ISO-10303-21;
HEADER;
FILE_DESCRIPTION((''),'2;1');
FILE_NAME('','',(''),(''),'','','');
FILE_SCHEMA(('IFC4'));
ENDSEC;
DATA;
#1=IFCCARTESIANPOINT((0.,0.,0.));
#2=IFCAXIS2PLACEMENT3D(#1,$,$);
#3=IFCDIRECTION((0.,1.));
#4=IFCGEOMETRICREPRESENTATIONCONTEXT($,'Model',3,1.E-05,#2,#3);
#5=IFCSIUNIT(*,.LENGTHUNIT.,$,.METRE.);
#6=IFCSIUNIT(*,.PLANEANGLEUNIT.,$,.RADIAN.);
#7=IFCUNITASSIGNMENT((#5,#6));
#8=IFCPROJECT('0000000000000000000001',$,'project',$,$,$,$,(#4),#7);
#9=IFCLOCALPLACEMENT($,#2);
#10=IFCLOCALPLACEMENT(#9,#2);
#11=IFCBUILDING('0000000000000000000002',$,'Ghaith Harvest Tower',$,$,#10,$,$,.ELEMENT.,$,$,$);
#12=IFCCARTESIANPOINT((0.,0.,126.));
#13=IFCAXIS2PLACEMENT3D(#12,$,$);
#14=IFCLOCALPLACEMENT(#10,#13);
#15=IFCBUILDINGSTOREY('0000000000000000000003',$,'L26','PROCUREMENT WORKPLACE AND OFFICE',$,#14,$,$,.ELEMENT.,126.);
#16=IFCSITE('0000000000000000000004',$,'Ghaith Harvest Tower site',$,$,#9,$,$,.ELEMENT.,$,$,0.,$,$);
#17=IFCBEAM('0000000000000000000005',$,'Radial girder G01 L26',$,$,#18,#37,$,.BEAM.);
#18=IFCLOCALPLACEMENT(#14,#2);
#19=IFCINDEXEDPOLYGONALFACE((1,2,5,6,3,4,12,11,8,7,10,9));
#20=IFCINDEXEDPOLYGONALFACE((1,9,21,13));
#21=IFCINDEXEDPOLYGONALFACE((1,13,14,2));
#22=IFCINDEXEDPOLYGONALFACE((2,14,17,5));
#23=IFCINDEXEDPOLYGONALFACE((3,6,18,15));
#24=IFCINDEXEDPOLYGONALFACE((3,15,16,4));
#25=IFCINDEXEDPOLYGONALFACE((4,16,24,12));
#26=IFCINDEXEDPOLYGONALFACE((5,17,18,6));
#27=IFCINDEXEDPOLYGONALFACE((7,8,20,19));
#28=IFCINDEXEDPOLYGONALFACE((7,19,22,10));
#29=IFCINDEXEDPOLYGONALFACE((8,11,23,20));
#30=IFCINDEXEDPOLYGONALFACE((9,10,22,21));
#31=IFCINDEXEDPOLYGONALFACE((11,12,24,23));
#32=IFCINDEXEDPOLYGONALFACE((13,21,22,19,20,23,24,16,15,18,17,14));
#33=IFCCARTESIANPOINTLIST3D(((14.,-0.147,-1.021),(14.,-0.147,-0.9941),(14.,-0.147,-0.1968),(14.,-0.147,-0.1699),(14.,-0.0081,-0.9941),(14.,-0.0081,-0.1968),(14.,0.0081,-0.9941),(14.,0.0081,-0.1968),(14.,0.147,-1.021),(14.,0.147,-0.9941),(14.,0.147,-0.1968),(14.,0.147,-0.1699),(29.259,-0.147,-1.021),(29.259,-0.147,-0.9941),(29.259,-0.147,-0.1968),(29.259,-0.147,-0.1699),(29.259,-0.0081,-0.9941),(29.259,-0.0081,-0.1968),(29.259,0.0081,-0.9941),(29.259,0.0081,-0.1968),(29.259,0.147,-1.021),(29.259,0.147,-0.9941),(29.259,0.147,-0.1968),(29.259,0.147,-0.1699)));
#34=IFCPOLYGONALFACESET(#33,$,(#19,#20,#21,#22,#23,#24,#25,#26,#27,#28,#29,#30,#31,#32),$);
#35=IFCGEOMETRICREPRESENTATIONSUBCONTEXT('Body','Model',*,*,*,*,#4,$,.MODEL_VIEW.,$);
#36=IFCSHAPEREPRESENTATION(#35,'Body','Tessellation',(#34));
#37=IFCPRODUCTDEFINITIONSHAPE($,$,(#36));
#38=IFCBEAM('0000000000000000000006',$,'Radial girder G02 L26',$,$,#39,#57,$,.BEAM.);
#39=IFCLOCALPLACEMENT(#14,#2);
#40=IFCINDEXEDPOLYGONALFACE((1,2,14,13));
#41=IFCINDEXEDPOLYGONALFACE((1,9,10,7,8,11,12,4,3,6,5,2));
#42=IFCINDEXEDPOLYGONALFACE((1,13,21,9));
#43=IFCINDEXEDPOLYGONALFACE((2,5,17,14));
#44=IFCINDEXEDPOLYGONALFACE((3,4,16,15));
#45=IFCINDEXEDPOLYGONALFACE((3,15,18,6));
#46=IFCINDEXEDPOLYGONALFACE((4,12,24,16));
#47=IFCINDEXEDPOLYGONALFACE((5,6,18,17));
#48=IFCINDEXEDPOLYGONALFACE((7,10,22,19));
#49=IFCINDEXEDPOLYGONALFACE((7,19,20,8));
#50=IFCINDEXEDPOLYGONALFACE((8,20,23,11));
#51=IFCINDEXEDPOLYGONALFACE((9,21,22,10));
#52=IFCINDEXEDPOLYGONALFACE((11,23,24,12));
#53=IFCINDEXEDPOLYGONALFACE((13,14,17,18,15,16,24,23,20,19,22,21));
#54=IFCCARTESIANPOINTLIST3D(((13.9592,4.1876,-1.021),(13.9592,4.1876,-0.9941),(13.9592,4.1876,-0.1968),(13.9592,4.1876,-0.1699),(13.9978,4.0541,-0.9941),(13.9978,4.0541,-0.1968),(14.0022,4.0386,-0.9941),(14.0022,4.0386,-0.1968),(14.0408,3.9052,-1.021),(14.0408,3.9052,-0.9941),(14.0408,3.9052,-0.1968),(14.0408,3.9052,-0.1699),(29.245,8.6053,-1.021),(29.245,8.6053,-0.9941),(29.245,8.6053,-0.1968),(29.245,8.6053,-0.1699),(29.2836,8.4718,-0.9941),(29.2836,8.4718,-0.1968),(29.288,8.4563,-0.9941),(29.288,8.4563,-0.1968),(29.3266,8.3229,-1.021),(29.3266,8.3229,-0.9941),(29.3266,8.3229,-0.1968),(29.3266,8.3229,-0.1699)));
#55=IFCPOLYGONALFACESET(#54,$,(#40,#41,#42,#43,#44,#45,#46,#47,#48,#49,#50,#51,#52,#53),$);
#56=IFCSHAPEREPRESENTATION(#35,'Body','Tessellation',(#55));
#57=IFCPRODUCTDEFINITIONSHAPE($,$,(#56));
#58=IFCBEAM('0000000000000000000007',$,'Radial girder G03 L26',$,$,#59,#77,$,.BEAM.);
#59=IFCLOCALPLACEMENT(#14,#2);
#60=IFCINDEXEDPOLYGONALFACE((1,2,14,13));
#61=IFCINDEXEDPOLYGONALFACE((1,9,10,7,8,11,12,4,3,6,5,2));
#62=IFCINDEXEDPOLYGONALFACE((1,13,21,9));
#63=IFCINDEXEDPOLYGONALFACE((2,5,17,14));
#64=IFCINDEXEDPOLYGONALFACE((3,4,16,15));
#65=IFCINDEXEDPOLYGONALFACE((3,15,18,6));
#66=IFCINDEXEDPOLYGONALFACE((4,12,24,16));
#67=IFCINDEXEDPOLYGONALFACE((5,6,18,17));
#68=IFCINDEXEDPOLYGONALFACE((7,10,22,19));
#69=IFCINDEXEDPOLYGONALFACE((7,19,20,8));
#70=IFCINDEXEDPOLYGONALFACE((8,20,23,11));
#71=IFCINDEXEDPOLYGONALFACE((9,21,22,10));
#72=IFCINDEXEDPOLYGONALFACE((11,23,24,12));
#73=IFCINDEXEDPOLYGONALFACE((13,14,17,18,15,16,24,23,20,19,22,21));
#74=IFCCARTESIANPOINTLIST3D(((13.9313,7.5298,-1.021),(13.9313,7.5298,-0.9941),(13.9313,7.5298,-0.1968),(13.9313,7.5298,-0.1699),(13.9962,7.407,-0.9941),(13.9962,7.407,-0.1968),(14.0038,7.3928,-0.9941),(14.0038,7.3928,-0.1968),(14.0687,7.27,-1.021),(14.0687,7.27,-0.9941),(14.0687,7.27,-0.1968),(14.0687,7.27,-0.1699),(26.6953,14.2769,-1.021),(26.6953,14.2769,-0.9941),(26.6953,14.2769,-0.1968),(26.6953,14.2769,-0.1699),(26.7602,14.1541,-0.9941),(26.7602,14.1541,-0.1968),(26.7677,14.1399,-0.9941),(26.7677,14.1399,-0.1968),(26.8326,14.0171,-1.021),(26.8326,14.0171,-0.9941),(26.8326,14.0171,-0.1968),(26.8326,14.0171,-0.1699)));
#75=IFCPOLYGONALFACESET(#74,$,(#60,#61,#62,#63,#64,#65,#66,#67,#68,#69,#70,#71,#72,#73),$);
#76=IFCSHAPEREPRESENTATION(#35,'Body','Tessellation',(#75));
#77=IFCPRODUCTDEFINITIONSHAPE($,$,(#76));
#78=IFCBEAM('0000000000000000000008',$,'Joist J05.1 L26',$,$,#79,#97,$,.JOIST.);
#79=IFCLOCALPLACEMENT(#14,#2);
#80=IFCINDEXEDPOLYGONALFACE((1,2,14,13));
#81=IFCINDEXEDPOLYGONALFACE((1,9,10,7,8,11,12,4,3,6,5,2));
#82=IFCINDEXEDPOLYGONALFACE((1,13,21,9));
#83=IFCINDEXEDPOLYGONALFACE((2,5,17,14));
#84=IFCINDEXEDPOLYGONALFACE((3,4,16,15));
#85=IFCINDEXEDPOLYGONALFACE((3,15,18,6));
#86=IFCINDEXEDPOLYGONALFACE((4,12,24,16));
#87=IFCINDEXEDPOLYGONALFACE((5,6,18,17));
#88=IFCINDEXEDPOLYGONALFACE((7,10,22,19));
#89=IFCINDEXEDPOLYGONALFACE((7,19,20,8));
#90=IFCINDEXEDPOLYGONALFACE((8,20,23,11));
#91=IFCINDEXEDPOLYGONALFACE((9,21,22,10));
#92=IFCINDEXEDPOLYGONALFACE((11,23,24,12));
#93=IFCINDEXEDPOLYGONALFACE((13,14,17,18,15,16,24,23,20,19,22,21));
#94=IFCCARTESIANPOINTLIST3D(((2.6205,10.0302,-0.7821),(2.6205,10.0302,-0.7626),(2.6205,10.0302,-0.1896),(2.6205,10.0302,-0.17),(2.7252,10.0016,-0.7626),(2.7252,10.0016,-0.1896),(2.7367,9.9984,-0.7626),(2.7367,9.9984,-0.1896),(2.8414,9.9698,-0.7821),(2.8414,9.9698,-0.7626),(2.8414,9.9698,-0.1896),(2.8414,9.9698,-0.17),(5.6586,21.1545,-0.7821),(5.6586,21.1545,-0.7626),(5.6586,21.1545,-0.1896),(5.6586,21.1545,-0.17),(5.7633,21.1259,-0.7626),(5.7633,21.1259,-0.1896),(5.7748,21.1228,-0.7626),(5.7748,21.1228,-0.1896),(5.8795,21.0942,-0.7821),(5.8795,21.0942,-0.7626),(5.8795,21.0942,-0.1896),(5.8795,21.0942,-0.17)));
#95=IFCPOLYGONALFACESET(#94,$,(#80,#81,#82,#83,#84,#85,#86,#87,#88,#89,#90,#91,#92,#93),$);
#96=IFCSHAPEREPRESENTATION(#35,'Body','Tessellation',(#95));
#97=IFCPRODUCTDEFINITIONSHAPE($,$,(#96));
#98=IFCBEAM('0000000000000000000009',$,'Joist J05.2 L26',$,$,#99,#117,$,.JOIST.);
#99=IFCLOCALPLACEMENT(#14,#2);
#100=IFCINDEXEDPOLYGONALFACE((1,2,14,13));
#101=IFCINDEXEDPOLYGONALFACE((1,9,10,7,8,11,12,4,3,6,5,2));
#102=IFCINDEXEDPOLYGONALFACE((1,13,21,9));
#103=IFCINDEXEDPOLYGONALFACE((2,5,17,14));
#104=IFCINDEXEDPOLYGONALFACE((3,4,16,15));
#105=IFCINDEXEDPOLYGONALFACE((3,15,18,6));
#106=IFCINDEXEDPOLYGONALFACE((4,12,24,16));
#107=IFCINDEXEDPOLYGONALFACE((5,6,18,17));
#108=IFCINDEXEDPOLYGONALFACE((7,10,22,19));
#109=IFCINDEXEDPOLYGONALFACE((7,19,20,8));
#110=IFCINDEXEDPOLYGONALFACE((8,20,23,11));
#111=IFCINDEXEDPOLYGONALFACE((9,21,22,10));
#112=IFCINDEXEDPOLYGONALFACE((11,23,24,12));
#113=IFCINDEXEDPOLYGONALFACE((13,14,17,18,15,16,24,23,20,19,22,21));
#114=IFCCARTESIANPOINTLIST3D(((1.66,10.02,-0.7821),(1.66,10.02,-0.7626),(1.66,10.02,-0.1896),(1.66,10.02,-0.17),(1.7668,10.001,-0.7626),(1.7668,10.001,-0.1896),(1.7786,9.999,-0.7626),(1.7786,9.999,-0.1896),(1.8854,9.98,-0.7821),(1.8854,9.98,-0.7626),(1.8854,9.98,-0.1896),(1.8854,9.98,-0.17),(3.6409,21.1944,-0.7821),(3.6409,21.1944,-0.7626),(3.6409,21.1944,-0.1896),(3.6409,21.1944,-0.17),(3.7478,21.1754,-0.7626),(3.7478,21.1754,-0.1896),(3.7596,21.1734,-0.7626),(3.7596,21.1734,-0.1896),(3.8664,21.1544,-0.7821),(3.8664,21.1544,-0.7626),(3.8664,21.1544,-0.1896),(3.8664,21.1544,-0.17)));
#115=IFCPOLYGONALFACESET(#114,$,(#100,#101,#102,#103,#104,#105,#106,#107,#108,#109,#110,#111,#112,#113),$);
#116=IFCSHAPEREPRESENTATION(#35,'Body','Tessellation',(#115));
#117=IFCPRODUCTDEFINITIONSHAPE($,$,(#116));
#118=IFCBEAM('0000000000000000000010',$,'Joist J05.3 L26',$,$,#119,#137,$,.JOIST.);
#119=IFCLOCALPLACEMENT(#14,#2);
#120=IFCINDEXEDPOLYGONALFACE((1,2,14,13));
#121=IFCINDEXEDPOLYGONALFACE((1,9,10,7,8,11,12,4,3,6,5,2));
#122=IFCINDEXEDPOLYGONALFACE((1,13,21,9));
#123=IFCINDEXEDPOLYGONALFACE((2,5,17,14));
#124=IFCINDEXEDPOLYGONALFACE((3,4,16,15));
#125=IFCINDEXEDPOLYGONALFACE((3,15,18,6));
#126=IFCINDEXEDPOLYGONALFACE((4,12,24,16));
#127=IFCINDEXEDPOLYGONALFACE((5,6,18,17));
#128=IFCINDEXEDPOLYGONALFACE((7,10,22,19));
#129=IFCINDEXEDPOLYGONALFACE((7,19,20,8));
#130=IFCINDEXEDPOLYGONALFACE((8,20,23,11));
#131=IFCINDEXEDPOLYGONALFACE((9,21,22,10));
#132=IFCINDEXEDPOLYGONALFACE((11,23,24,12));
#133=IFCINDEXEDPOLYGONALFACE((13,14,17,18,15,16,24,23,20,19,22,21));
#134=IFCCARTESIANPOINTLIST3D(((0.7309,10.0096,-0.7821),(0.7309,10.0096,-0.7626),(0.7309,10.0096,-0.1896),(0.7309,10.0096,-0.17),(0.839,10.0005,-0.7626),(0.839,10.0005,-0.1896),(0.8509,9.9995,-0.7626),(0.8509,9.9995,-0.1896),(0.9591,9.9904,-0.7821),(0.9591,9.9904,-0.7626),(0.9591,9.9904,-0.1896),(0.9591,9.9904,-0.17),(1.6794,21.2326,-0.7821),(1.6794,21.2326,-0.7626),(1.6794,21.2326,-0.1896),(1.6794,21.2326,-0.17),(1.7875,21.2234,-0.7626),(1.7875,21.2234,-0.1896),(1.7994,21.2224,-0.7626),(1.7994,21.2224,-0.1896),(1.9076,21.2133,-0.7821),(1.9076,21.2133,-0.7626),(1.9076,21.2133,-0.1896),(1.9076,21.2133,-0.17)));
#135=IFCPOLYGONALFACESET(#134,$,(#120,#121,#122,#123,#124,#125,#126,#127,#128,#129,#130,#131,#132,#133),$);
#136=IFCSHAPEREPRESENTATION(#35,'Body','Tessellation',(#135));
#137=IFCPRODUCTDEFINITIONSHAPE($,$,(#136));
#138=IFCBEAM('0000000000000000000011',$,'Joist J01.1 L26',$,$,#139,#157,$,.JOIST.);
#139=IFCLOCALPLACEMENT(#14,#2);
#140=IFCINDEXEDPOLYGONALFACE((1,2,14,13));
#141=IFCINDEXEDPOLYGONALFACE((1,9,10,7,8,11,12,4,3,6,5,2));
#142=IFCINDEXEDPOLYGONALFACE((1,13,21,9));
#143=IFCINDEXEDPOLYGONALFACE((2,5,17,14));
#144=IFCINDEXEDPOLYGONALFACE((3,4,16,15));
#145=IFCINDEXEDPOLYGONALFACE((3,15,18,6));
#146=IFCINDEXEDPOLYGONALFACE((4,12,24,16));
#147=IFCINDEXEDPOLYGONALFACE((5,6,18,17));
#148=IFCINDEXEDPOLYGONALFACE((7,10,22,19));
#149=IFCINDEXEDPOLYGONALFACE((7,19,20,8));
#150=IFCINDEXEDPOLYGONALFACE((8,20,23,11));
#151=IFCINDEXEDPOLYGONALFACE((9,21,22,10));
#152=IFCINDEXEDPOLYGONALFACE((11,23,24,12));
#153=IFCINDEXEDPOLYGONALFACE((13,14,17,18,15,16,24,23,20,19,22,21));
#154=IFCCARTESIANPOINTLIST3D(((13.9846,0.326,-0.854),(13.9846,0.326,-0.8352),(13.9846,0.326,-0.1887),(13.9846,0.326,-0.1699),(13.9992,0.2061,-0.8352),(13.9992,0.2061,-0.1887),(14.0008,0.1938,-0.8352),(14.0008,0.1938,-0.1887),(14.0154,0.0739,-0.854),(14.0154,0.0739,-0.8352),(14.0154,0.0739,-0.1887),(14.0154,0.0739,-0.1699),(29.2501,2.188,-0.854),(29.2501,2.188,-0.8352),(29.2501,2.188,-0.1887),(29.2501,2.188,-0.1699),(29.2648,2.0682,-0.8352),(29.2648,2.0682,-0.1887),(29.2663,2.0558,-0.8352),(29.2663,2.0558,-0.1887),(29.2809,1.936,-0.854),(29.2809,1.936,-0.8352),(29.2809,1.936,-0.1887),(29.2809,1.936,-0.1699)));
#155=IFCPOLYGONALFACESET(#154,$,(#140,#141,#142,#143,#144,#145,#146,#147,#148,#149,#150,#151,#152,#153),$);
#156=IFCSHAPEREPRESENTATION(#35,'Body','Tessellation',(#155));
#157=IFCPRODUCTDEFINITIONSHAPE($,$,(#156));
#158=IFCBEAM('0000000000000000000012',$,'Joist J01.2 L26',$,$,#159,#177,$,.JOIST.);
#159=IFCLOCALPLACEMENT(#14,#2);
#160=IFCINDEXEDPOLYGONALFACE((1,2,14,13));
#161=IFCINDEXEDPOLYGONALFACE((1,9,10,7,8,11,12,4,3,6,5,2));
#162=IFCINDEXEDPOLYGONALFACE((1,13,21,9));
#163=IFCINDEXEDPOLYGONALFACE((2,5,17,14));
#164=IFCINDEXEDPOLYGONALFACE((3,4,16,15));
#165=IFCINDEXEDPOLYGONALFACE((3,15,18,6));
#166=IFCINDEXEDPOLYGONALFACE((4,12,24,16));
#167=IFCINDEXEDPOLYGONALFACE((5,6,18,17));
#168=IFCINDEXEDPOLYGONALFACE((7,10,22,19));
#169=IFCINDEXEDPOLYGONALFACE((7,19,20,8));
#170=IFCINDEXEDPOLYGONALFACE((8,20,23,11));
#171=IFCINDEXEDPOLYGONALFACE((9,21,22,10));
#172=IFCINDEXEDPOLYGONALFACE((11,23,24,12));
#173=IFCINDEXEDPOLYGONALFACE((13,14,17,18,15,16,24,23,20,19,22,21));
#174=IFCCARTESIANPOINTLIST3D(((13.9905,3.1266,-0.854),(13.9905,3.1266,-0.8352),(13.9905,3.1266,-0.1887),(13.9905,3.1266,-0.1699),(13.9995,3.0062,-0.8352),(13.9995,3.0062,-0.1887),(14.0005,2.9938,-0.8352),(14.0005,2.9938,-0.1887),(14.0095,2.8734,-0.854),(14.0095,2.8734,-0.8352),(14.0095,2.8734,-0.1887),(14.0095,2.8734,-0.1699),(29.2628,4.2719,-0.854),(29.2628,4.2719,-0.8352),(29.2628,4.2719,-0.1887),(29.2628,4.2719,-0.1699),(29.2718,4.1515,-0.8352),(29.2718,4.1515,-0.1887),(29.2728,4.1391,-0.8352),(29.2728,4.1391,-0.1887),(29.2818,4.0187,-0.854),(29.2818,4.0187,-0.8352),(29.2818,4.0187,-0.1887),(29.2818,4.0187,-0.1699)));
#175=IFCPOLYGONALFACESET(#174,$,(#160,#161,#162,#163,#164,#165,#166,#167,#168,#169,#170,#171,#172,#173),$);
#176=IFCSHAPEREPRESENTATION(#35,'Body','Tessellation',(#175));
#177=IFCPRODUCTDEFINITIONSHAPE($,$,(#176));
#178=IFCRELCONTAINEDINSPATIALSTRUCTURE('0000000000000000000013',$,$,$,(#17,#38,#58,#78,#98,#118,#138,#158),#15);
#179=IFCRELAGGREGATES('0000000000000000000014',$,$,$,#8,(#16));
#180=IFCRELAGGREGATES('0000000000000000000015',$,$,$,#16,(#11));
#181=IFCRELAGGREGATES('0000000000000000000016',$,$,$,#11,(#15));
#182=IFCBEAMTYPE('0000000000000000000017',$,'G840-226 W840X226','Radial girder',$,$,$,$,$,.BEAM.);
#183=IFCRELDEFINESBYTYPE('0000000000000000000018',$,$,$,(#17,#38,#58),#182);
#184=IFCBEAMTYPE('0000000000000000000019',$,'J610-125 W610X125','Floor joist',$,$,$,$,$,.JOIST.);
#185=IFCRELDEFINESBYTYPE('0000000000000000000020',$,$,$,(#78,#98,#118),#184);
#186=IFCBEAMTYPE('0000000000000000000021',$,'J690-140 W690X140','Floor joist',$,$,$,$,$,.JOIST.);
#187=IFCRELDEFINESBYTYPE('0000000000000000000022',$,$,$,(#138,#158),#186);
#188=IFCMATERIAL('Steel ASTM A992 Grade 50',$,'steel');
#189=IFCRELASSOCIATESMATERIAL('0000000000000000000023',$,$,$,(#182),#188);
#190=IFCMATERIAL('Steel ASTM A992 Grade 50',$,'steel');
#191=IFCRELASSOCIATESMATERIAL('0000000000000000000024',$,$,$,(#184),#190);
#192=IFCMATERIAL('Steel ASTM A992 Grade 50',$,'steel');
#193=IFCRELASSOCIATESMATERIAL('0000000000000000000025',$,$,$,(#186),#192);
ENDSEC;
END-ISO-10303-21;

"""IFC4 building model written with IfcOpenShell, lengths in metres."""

from ifc_helpers import new_model, si_unit, direction, frame, origin, origin_2d, place, context, subcontext, project, spatial, i_section, extrude, material, material_profile, profile_set, type_object, element, save


model = new_model("IFC4")

# Units and contexts
model_context = context("Model", 3, precision=1e-05, world=origin(), true_north=direction((0.0, 1.0)))
body_context = subcontext(model_context, "Body", "Model", "MODEL_VIEW")
ifc_project = project(units=[si_unit("LENGTHUNIT", "METRE"), si_unit("PLANEANGLEUNIT", "RADIAN")], contexts=[model_context])

# Site, building, storey
site_placement = place(None, origin())
site = spatial("IfcSite", under=ifc_project, at=site_placement, Name="Ghaith Harvest Tower site", CompositionType="ELEMENT", RefElevation=0.0)
building_placement = place(site_placement, origin())
building = spatial("IfcBuilding", under=site, at=building_placement, Name="Ghaith Harvest Tower", CompositionType="ELEMENT")
storey_placement = place(building_placement, frame((0.0, 0.0, 126.0)))
storey = spatial("IfcBuildingStorey", under=building, at=storey_placement, Name="L26", Description="PROCUREMENT WORKPLACE AND OFFICE", CompositionType="ELEMENT", Elevation=126.0)

# Beams
ifc_material_1 = material(Name="Steel ASTM A992 Grade 50", Category="steel")
ifc_material_profile_1 = material_profile(ifc_material_1, i_section(OverallWidth=0.2939, OverallDepth=0.8511, WebThickness=0.0161, FlangeThickness=0.0269, at=origin_2d()), Name="W840X226")
ifc_profile_set_1 = profile_set([ifc_material_profile_1], Name="Steel ASTM A992 Grade 50")
beam_type_1 = type_object("IfcBeamType", Name="G840-226 W840X226", Description="Radial girder", PredefinedType="BEAM", material=ifc_profile_set_1)
beam_1_placement = place(storey_placement, frame((14.0, 0.0, -0.5955), z_axis=(1.0, 0.0, 0.0), x_axis=(0.0, 1.0, 0.0)))
element("IfcBeam", 1, at=beam_1_placement, inside=storey, type_object=beam_type_1, Name="Radial girder G01 L26", PredefinedType="BEAM", context=body_context, shape_type="SweptSolid", body=[
    extrude(i_section(OverallWidth=0.2939, OverallDepth=0.8511, WebThickness=0.0161, FlangeThickness=0.0269, at=origin_2d()), origin(), (0.0, 0.0, 1.0), 15.259),
])
beam_2_placement = place(storey_placement, frame((14.0, 4.0464, -0.5955), z_axis=(0.960684, 0.277644, 0.0), x_axis=(-0.277644, 0.960684, 0.0)))
element("IfcBeam", 2, at=beam_2_placement, inside=storey, type_object=beam_type_1, Name="Radial girder G02 L26", PredefinedType="BEAM", context=body_context, shape_type="SweptSolid", body=[
    extrude(i_section(OverallWidth=0.2939, OverallDepth=0.8511, WebThickness=0.0161, FlangeThickness=0.0269, at=origin_2d()), origin(), (0.0, 0.0, 1.0), 15.9114),
])
beam_3_placement = place(storey_placement, frame((14.0, 7.3999, -0.5955), z_axis=(0.884083, 0.467331, 0.0), x_axis=(-0.467331, 0.884083, 0.0)))
element("IfcBeam", 3, at=beam_3_placement, inside=storey, type_object=beam_type_1, Name="Radial girder G03 L26", PredefinedType="BEAM", context=body_context, shape_type="SweptSolid", body=[
    extrude(i_section(OverallWidth=0.2939, OverallDepth=0.8511, WebThickness=0.0161, FlangeThickness=0.0269, at=origin_2d()), origin(), (0.0, 0.0, 1.0), 14.4375),
])
ifc_material_2 = material(Name="Steel ASTM A992 Grade 50", Category="steel")
ifc_material_profile_2 = material_profile(ifc_material_2, i_section(OverallWidth=0.229, OverallDepth=0.6121, WebThickness=0.012, FlangeThickness=0.0195, at=origin_2d()), Name="W610X125")
ifc_profile_set_2 = profile_set([ifc_material_profile_2], Name="Steel ASTM A992 Grade 50")
beam_type_2 = type_object("IfcBeamType", Name="J610-125 W610X125", Description="Floor joist", PredefinedType="JOIST", material=ifc_profile_set_2)
beam_4_placement = place(storey_placement, frame((2.731, 10.0, -0.4761), z_axis=(0.263456, 0.964671, 0.0), x_axis=(-0.964671, 0.263456, 0.0)))
element("IfcBeam", 4, at=beam_4_placement, inside=storey, type_object=beam_type_2, Name="Joist J05.1 L26", PredefinedType="JOIST", context=body_context, shape_type="SweptSolid", body=[
    extrude(i_section(OverallWidth=0.229, OverallDepth=0.6121, WebThickness=0.012, FlangeThickness=0.0195, at=origin_2d()), origin(), (0.0, 0.0, 1.0), 11.5317),
])
beam_5_placement = place(storey_placement, frame((1.7727, 10.0, -0.4761), z_axis=(0.174556, 0.984647, 0.0), x_axis=(-0.984647, 0.174556, 0.0)))
element("IfcBeam", 5, at=beam_5_placement, inside=storey, type_object=beam_type_2, Name="Joist J05.2 L26", PredefinedType="JOIST", context=body_context, shape_type="SweptSolid", body=[
    extrude(i_section(OverallWidth=0.229, OverallDepth=0.6121, WebThickness=0.012, FlangeThickness=0.0195, at=origin_2d()), origin(), (0.0, 0.0, 1.0), 11.3486),
])
beam_6_placement = place(storey_placement, frame((0.845, 10.0, -0.4761), z_axis=(0.084213, 0.996448, 0.0), x_axis=(-0.996448, 0.084213, 0.0)))
element("IfcBeam", 6, at=beam_6_placement, inside=storey, type_object=beam_type_2, Name="Joist J05.3 L26", PredefinedType="JOIST", context=body_context, shape_type="SweptSolid", body=[
    extrude(i_section(OverallWidth=0.229, OverallDepth=0.6121, WebThickness=0.012, FlangeThickness=0.0195, at=origin_2d()), origin(), (0.0, 0.0, 1.0), 11.2629),
])
ifc_material_3 = material(Name="Steel ASTM A992 Grade 50", Category="steel")
ifc_material_profile_3 = material_profile(ifc_material_3, i_section(OverallWidth=0.2539, OverallDepth=0.6841, WebThickness=0.0125, FlangeThickness=0.0188, at=origin_2d()), Name="W690X140")
ifc_profile_set_3 = profile_set([ifc_material_profile_3], Name="Steel ASTM A992 Grade 50")
beam_type_3 = type_object("IfcBeamType", Name="J690-140 W690X140", Description="Floor joist", PredefinedType="JOIST", material=ifc_profile_set_3)
beam_7_placement = place(storey_placement, frame((14.0, 0.2, -0.512), z_axis=(0.992643, 0.12108, 0.0), x_axis=(-0.12108, 0.992643, 0.0)))
element("IfcBeam", 7, at=beam_7_placement, inside=storey, type_object=beam_type_3, Name="Joist J01.1 L26", PredefinedType="JOIST", context=body_context, shape_type="SweptSolid", body=[
    extrude(i_section(OverallWidth=0.2539, OverallDepth=0.6841, WebThickness=0.0125, FlangeThickness=0.0188, at=origin_2d()), origin(), (0.0, 0.0, 1.0), 15.3787),
])
beam_8_placement = place(storey_placement, frame((14.0, 3.0, -0.512), z_axis=(0.9972, 0.07478, 0.0), x_axis=(-0.07478, 0.9972, 0.0)))
element("IfcBeam", 8, at=beam_8_placement, inside=storey, type_object=beam_type_3, Name="Joist J01.2 L26", PredefinedType="JOIST", context=body_context, shape_type="SweptSolid", body=[
    extrude(i_section(OverallWidth=0.2539, OverallDepth=0.6841, WebThickness=0.0125, FlangeThickness=0.0188, at=origin_2d()), origin(), (0.0, 0.0, 1.0), 15.3152),
])

save(model, "model.ifc")
